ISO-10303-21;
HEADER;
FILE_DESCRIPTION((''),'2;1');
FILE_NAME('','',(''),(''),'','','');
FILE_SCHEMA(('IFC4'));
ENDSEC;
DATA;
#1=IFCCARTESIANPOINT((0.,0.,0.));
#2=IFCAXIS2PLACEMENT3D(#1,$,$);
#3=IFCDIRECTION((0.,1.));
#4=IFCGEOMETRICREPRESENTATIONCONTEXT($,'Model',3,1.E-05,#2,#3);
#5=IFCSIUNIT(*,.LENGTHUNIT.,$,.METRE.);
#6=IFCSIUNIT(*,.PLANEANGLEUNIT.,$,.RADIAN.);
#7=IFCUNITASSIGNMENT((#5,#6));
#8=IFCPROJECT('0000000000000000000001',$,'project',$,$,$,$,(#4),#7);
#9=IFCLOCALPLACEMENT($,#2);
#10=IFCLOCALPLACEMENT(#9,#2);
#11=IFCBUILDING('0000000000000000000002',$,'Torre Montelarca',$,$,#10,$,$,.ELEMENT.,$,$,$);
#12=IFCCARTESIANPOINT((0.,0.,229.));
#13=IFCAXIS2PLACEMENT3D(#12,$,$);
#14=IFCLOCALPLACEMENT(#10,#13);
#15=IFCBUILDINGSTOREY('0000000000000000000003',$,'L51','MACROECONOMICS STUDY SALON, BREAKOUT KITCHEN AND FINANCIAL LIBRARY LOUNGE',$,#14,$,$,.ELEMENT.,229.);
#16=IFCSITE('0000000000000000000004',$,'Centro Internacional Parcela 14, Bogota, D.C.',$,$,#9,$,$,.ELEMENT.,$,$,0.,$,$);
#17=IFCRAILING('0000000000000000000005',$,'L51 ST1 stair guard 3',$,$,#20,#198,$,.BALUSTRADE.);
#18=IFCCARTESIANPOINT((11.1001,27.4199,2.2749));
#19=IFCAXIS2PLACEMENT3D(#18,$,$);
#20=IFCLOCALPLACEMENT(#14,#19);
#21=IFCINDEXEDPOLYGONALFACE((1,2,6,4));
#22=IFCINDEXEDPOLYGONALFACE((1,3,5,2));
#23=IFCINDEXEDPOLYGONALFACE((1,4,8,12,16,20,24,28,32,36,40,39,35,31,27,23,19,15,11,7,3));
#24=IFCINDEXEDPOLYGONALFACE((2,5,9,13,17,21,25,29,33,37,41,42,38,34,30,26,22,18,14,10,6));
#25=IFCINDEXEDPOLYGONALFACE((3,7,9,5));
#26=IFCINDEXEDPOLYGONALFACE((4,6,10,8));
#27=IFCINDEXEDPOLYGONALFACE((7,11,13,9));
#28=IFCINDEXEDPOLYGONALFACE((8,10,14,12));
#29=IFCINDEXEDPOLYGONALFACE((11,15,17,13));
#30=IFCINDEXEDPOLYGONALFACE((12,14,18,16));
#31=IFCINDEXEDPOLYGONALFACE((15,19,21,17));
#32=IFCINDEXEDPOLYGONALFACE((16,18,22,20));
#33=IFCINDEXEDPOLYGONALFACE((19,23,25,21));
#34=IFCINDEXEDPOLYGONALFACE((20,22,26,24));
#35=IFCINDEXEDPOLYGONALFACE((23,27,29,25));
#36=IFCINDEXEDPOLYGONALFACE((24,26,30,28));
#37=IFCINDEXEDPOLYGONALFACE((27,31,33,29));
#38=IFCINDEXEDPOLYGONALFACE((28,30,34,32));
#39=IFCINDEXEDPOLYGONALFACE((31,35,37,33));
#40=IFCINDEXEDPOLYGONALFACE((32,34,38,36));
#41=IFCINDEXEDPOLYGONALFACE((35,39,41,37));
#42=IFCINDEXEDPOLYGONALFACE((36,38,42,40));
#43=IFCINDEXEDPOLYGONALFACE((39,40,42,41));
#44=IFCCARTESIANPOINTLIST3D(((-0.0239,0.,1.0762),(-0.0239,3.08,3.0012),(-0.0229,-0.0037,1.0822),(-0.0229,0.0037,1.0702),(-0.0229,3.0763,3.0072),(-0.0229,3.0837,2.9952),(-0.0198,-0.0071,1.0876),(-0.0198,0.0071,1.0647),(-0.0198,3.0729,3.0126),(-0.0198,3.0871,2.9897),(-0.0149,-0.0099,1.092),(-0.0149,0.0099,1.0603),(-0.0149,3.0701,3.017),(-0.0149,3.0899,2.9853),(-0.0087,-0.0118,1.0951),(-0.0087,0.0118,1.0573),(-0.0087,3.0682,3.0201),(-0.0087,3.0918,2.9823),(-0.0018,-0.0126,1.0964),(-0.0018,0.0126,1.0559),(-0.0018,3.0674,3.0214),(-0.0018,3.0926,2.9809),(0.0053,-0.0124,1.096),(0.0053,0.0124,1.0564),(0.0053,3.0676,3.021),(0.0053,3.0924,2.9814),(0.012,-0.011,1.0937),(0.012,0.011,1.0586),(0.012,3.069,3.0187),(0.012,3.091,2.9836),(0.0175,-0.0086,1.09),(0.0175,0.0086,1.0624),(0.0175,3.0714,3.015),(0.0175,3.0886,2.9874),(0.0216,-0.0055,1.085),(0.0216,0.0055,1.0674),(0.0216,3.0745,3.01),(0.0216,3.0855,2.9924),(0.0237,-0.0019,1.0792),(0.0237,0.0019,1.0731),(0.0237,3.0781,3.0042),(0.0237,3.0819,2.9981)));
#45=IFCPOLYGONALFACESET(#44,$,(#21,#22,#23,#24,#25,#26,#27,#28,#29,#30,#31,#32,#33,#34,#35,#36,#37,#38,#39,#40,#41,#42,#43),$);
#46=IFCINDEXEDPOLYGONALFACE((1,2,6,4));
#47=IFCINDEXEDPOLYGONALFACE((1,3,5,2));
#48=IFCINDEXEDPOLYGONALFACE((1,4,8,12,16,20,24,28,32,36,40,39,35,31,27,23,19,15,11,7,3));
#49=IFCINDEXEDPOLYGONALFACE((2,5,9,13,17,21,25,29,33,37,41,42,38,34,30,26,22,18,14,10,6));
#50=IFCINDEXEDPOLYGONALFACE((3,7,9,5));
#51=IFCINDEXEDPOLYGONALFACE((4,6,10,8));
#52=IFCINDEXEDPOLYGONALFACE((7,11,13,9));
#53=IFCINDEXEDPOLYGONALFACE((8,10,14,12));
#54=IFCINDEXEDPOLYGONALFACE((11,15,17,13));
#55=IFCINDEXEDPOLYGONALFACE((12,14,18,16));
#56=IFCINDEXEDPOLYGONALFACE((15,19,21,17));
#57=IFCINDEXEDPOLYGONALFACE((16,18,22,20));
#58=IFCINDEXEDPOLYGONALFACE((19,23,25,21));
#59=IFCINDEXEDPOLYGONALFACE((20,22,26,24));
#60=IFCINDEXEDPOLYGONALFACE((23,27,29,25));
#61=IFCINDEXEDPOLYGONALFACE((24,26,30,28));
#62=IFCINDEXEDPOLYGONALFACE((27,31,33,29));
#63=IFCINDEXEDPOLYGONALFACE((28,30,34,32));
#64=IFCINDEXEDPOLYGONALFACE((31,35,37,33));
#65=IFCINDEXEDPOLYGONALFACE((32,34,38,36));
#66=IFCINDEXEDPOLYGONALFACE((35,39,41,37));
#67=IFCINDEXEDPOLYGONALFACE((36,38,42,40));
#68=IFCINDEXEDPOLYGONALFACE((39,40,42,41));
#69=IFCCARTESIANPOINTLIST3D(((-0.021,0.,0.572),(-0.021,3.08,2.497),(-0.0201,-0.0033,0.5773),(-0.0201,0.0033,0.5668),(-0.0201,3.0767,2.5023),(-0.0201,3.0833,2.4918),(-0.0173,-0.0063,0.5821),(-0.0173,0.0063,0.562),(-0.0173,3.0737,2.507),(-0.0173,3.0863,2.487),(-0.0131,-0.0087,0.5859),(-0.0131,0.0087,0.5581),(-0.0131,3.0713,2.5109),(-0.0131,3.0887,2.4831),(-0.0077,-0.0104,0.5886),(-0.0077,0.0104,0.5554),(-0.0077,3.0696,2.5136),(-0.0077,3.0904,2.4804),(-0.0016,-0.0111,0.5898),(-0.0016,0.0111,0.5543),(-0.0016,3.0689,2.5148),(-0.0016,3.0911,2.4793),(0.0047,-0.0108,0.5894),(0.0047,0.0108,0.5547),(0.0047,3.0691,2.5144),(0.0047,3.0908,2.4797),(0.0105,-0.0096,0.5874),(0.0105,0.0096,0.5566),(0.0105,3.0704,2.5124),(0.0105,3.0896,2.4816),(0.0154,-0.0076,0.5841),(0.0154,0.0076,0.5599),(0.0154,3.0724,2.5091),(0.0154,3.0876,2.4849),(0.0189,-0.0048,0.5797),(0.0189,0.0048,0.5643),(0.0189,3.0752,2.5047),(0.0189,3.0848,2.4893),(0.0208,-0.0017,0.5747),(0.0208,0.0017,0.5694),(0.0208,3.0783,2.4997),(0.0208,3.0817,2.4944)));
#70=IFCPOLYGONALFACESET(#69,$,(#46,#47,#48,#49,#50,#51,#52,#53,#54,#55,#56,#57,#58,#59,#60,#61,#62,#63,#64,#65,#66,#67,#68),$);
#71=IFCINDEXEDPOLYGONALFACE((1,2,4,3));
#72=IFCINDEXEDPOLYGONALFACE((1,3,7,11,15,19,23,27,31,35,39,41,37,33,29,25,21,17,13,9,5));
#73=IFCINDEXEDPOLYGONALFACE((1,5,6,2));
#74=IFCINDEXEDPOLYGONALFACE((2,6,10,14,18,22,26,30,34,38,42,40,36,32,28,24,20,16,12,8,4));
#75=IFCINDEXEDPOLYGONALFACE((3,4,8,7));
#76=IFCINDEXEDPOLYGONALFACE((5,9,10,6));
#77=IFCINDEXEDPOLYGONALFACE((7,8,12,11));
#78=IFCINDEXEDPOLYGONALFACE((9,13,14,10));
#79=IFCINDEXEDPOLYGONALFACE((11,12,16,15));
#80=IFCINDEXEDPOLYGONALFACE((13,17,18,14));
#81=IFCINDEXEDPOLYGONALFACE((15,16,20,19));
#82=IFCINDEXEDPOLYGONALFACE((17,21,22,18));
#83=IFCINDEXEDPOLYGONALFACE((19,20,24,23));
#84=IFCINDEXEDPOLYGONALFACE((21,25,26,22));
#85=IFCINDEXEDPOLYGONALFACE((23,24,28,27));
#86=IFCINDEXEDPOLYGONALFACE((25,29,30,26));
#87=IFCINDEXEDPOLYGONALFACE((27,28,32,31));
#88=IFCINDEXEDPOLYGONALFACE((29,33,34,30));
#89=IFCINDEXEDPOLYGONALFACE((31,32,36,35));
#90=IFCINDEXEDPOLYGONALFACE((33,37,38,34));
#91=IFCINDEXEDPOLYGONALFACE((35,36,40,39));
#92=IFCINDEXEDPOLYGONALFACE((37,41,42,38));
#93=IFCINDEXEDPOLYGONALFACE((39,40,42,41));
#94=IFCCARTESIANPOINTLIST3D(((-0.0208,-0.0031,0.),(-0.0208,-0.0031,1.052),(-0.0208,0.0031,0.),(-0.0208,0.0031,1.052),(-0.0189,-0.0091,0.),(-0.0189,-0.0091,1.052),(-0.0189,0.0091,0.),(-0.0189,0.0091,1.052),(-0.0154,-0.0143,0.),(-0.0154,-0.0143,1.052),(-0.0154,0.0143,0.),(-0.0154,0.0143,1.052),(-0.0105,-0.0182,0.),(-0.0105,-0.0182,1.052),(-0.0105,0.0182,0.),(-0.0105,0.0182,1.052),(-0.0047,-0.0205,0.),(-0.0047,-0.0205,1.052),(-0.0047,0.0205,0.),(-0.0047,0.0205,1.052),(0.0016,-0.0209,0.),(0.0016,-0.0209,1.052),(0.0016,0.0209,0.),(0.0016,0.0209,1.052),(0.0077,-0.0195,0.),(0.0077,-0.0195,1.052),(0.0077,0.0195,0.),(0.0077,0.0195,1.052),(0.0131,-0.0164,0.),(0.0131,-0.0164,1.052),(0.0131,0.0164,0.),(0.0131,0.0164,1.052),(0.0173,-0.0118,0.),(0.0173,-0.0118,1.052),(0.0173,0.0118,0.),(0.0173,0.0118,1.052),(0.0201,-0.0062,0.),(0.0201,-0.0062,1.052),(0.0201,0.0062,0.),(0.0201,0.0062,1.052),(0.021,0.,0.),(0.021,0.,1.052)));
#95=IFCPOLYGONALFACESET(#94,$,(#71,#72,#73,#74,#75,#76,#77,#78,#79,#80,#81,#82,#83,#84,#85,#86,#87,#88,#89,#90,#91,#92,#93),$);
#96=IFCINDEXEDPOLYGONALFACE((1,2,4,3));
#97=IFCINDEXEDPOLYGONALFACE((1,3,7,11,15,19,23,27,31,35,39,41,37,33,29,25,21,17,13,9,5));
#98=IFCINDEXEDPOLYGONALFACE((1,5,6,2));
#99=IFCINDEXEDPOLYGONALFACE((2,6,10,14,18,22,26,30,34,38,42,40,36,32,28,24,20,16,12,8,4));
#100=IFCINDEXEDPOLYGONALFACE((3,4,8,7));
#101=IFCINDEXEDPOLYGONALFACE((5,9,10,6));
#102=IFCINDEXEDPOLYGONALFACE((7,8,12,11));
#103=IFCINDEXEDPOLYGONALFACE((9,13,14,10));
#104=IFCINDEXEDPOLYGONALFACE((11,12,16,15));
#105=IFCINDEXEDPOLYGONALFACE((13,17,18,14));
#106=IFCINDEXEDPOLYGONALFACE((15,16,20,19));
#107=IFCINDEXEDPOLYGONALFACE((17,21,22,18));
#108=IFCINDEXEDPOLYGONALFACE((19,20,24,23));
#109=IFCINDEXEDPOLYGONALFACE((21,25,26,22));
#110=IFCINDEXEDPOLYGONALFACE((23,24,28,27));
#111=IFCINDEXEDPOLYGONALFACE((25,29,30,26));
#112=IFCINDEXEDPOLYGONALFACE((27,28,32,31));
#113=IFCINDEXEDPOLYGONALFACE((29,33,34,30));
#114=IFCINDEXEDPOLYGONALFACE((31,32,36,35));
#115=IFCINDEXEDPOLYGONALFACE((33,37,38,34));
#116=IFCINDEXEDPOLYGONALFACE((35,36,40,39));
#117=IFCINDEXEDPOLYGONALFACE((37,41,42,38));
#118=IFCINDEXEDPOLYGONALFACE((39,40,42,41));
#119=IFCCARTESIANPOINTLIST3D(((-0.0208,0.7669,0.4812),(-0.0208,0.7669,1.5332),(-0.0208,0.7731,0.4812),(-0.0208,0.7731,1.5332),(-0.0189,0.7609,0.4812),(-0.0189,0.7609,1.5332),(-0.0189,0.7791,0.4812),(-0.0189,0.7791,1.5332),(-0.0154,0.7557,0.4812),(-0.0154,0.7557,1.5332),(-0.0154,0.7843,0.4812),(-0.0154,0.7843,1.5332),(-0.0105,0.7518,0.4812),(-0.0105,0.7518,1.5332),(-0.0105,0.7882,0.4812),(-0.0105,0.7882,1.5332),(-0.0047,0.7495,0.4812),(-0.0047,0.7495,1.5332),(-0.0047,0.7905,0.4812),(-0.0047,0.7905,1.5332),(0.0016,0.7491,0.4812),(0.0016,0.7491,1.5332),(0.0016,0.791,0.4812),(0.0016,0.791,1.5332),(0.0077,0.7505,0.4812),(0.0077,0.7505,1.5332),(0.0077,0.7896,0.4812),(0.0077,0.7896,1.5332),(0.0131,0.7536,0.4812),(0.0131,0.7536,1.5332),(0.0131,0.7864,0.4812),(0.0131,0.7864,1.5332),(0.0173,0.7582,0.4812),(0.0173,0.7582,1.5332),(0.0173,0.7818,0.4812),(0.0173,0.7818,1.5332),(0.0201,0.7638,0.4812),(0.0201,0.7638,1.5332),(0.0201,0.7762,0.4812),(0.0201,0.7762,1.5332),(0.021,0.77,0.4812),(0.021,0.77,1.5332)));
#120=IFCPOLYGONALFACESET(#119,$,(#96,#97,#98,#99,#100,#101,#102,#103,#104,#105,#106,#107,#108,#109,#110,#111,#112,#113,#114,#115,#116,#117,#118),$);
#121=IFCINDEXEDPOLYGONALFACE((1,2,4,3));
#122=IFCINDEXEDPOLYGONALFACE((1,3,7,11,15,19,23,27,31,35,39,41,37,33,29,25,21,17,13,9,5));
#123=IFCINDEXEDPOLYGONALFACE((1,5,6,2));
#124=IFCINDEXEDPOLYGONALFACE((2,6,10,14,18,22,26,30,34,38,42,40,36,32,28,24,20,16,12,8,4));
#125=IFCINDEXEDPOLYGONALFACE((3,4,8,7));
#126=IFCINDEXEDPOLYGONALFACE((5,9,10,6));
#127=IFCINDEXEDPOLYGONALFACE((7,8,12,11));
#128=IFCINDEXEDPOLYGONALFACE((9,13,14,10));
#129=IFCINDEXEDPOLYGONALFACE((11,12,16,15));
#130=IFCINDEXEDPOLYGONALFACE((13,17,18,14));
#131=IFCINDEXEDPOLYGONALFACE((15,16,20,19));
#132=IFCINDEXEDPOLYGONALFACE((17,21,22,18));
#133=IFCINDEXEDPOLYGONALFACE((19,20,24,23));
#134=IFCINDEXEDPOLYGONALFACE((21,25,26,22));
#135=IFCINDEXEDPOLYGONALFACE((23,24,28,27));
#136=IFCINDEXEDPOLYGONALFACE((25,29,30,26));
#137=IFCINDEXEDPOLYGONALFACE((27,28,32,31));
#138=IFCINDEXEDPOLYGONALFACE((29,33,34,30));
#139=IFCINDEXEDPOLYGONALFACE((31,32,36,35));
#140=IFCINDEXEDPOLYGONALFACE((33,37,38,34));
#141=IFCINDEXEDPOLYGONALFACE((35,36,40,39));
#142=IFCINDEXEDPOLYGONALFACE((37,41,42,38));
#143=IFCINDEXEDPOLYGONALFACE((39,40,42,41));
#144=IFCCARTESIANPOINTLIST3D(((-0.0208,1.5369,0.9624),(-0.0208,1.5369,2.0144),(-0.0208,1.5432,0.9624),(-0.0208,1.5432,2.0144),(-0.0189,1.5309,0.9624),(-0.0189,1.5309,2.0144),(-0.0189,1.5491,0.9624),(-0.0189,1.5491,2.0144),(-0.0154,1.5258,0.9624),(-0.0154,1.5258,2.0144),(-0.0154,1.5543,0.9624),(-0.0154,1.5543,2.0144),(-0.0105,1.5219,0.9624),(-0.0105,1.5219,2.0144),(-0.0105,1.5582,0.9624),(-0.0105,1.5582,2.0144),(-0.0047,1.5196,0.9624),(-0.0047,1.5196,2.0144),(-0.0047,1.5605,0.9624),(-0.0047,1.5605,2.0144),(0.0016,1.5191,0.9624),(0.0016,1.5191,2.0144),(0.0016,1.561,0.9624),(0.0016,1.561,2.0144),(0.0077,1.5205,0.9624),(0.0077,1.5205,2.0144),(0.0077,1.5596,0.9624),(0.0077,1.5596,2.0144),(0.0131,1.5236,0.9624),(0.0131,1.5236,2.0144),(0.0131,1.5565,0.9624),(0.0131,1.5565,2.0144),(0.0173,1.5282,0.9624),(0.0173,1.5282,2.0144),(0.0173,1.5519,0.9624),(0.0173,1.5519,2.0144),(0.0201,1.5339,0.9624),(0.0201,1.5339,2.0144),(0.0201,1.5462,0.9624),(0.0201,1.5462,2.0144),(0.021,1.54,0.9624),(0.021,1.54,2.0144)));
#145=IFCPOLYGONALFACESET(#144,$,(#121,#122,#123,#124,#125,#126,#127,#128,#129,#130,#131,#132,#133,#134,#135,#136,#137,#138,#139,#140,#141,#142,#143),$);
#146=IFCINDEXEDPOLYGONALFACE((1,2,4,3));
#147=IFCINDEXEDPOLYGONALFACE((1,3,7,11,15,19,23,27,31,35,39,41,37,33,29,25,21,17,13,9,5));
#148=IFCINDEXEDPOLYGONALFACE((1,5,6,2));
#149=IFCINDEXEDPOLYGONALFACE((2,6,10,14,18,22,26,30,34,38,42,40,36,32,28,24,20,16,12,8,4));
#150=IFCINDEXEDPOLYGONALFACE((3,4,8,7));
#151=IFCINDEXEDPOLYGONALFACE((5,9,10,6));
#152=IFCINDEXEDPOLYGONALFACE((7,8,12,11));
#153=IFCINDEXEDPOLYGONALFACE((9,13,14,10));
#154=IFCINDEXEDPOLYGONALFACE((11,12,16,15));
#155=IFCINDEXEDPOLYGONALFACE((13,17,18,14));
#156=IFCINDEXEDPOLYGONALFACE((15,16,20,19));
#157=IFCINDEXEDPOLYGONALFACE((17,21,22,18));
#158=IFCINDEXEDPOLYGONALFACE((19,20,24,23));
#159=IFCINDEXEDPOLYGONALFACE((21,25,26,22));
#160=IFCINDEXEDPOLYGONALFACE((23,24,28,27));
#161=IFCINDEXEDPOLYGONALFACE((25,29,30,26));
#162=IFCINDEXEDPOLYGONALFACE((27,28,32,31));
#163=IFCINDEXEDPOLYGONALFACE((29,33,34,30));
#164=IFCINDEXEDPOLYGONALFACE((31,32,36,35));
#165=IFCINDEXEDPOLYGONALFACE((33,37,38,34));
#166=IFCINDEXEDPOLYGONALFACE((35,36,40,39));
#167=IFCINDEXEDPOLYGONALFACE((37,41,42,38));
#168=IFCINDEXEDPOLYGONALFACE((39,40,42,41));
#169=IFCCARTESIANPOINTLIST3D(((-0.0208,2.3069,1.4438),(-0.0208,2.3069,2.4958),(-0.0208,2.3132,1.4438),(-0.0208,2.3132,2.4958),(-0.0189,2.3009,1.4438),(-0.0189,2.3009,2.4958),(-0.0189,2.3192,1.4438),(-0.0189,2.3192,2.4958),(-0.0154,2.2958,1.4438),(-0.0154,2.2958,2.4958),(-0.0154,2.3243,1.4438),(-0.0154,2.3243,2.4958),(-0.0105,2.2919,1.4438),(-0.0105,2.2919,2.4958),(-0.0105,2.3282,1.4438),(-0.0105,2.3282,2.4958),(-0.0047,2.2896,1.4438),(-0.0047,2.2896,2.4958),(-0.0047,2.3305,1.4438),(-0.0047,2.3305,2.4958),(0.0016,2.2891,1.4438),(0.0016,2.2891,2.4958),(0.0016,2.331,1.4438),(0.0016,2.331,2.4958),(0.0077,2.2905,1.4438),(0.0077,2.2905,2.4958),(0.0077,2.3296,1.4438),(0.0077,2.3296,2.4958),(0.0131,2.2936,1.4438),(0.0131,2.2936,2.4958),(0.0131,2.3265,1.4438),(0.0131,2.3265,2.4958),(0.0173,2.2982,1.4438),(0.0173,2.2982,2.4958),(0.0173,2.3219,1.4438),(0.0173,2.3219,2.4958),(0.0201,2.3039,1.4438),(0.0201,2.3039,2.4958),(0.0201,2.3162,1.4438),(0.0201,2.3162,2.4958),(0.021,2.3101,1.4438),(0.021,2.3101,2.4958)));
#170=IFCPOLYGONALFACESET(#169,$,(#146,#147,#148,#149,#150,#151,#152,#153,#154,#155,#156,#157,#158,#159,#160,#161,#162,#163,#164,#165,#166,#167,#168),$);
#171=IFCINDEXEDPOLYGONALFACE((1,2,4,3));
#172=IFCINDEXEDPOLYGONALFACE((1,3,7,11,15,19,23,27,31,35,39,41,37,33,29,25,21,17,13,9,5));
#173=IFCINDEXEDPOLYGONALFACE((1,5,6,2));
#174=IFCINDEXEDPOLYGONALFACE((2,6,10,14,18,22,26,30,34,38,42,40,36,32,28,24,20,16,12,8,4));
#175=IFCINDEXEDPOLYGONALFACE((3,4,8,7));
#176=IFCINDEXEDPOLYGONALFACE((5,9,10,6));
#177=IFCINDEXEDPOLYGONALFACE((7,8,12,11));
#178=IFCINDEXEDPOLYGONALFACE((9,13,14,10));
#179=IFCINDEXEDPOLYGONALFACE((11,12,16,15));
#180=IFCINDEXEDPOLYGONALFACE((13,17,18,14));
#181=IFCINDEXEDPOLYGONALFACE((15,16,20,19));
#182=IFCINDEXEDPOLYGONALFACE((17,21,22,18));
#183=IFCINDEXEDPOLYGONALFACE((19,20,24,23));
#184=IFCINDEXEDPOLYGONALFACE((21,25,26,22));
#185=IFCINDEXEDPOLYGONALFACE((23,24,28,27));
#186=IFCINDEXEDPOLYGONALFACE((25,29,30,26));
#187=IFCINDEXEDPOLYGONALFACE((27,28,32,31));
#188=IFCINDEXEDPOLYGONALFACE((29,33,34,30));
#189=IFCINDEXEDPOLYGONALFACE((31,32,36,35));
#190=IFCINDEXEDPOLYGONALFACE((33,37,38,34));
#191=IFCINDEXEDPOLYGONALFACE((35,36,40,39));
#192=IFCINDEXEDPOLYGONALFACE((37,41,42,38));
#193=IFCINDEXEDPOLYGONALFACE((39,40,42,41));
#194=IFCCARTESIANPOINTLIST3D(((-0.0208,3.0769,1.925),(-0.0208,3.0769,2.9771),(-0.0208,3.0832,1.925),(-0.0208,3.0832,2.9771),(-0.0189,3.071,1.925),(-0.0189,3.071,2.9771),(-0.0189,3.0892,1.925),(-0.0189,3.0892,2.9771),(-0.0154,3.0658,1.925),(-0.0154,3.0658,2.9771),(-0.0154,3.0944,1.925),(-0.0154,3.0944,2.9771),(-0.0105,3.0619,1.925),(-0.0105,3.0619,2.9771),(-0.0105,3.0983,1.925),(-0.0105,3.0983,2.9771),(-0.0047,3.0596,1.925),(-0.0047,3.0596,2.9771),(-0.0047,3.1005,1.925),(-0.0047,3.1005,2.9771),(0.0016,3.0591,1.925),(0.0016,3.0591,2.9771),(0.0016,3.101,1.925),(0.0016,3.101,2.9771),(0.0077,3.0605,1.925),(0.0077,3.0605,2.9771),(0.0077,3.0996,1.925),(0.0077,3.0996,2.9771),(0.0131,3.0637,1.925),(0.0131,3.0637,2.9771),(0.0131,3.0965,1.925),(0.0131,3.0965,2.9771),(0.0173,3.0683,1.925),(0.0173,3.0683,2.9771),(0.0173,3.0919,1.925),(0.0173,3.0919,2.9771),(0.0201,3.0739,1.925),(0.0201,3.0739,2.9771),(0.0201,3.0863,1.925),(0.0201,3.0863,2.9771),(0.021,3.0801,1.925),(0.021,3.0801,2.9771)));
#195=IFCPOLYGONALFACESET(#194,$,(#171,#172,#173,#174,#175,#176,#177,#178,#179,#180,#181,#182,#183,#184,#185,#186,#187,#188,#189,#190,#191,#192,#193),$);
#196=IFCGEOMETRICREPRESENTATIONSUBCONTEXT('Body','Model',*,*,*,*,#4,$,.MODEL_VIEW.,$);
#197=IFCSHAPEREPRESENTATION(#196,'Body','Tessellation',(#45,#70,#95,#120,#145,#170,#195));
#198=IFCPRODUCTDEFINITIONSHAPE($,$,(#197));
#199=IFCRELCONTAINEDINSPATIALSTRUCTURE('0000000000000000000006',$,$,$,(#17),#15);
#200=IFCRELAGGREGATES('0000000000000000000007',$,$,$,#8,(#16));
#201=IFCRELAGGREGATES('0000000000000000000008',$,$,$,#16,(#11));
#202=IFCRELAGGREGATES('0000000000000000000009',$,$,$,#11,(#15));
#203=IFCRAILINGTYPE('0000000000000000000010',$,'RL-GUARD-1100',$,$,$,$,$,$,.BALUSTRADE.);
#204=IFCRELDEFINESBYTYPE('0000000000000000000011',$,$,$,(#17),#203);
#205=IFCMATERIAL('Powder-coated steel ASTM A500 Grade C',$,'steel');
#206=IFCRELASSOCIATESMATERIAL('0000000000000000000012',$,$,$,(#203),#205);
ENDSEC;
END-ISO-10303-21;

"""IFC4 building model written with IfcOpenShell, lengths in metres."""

from ifc_helpers import new_model, si_unit, direction, frame, origin, origin_2d, place, context, subcontext, project, spatial, circle, extrude, material, type_object, element, save


model = new_model("IFC4")

# Units and contexts
model_context = context("Model", 3, precision=1e-05, world=origin(), true_north=direction((0.0, 1.0)))
body_context = subcontext(model_context, "Body", "Model", "MODEL_VIEW")
ifc_project = project(units=[si_unit("LENGTHUNIT", "METRE"), si_unit("PLANEANGLEUNIT", "RADIAN")], contexts=[model_context])

# Site, building, storey
site_placement = place(None, origin())
site = spatial("IfcSite", under=ifc_project, at=site_placement, Name="Centro Internacional Parcela 14, Bogota, D.C.", CompositionType="ELEMENT", RefElevation=0.0)
building_placement = place(site_placement, origin())
building = spatial("IfcBuilding", under=site, at=building_placement, Name="Torre Montelarca", CompositionType="ELEMENT")
storey_placement = place(building_placement, frame((0.0, 0.0, 229.0)))
storey = spatial("IfcBuildingStorey", under=building, at=storey_placement, Name="L51", Description="MACROECONOMICS STUDY SALON, BREAKOUT KITCHEN AND FINANCIAL LIBRARY LOUNGE", CompositionType="ELEMENT", Elevation=229.0)

# Railing
ifc_material_1 = material(Name="Powder-coated steel ASTM A500 Grade C", Category="steel")
railing_type_1 = type_object("IfcRailingType", Name="RL-GUARD-1100", PredefinedType="BALUSTRADE", material=ifc_material_1)
railing_1_placement = place(storey_placement, frame((11.1001, 27.4199, 2.2749)))
element("IfcRailing", 1, at=railing_1_placement, inside=storey, type_object=railing_type_1, Name="L51 ST1 stair guard 3", PredefinedType="BALUSTRADE", context=body_context, shape_type="SweptSolid", body=[
    extrude(circle(Radius=0.0239, at=origin_2d()), frame((0.0, 0.0, 1.0762), z_axis=(0.0, 0.847998, 0.529999), x_axis=(-1.0, 0.0, 0.0)), (0.0, 0.0, 1.0), 3.6321),
    extrude(circle(Radius=0.021, at=origin_2d()), frame((0.0, 0.0, 0.572), z_axis=(0.0, 0.847998, 0.529999), x_axis=(-1.0, 0.0, 0.0)), (0.0, 0.0, 1.0), 3.6321),
    extrude(circle(Radius=0.021, at=origin_2d()), origin(), (0.0, 0.0, 1.0), 1.052),
    extrude(circle(Radius=0.021, at=origin_2d()), frame((0.0, 0.77, 0.4812)), (0.0, 0.0, 1.0), 1.052),
    extrude(circle(Radius=0.021, at=origin_2d()), frame((0.0, 1.54, 0.9624)), (0.0, 0.0, 1.0), 1.052),
    extrude(circle(Radius=0.021, at=origin_2d()), frame((0.0, 2.3101, 1.4438)), (0.0, 0.0, 1.0), 1.052),
    extrude(circle(Radius=0.021, at=origin_2d()), frame((0.0, 3.0801, 1.925)), (0.0, 0.0, 1.0), 1.052),
])

save(model, "model.ifc")
